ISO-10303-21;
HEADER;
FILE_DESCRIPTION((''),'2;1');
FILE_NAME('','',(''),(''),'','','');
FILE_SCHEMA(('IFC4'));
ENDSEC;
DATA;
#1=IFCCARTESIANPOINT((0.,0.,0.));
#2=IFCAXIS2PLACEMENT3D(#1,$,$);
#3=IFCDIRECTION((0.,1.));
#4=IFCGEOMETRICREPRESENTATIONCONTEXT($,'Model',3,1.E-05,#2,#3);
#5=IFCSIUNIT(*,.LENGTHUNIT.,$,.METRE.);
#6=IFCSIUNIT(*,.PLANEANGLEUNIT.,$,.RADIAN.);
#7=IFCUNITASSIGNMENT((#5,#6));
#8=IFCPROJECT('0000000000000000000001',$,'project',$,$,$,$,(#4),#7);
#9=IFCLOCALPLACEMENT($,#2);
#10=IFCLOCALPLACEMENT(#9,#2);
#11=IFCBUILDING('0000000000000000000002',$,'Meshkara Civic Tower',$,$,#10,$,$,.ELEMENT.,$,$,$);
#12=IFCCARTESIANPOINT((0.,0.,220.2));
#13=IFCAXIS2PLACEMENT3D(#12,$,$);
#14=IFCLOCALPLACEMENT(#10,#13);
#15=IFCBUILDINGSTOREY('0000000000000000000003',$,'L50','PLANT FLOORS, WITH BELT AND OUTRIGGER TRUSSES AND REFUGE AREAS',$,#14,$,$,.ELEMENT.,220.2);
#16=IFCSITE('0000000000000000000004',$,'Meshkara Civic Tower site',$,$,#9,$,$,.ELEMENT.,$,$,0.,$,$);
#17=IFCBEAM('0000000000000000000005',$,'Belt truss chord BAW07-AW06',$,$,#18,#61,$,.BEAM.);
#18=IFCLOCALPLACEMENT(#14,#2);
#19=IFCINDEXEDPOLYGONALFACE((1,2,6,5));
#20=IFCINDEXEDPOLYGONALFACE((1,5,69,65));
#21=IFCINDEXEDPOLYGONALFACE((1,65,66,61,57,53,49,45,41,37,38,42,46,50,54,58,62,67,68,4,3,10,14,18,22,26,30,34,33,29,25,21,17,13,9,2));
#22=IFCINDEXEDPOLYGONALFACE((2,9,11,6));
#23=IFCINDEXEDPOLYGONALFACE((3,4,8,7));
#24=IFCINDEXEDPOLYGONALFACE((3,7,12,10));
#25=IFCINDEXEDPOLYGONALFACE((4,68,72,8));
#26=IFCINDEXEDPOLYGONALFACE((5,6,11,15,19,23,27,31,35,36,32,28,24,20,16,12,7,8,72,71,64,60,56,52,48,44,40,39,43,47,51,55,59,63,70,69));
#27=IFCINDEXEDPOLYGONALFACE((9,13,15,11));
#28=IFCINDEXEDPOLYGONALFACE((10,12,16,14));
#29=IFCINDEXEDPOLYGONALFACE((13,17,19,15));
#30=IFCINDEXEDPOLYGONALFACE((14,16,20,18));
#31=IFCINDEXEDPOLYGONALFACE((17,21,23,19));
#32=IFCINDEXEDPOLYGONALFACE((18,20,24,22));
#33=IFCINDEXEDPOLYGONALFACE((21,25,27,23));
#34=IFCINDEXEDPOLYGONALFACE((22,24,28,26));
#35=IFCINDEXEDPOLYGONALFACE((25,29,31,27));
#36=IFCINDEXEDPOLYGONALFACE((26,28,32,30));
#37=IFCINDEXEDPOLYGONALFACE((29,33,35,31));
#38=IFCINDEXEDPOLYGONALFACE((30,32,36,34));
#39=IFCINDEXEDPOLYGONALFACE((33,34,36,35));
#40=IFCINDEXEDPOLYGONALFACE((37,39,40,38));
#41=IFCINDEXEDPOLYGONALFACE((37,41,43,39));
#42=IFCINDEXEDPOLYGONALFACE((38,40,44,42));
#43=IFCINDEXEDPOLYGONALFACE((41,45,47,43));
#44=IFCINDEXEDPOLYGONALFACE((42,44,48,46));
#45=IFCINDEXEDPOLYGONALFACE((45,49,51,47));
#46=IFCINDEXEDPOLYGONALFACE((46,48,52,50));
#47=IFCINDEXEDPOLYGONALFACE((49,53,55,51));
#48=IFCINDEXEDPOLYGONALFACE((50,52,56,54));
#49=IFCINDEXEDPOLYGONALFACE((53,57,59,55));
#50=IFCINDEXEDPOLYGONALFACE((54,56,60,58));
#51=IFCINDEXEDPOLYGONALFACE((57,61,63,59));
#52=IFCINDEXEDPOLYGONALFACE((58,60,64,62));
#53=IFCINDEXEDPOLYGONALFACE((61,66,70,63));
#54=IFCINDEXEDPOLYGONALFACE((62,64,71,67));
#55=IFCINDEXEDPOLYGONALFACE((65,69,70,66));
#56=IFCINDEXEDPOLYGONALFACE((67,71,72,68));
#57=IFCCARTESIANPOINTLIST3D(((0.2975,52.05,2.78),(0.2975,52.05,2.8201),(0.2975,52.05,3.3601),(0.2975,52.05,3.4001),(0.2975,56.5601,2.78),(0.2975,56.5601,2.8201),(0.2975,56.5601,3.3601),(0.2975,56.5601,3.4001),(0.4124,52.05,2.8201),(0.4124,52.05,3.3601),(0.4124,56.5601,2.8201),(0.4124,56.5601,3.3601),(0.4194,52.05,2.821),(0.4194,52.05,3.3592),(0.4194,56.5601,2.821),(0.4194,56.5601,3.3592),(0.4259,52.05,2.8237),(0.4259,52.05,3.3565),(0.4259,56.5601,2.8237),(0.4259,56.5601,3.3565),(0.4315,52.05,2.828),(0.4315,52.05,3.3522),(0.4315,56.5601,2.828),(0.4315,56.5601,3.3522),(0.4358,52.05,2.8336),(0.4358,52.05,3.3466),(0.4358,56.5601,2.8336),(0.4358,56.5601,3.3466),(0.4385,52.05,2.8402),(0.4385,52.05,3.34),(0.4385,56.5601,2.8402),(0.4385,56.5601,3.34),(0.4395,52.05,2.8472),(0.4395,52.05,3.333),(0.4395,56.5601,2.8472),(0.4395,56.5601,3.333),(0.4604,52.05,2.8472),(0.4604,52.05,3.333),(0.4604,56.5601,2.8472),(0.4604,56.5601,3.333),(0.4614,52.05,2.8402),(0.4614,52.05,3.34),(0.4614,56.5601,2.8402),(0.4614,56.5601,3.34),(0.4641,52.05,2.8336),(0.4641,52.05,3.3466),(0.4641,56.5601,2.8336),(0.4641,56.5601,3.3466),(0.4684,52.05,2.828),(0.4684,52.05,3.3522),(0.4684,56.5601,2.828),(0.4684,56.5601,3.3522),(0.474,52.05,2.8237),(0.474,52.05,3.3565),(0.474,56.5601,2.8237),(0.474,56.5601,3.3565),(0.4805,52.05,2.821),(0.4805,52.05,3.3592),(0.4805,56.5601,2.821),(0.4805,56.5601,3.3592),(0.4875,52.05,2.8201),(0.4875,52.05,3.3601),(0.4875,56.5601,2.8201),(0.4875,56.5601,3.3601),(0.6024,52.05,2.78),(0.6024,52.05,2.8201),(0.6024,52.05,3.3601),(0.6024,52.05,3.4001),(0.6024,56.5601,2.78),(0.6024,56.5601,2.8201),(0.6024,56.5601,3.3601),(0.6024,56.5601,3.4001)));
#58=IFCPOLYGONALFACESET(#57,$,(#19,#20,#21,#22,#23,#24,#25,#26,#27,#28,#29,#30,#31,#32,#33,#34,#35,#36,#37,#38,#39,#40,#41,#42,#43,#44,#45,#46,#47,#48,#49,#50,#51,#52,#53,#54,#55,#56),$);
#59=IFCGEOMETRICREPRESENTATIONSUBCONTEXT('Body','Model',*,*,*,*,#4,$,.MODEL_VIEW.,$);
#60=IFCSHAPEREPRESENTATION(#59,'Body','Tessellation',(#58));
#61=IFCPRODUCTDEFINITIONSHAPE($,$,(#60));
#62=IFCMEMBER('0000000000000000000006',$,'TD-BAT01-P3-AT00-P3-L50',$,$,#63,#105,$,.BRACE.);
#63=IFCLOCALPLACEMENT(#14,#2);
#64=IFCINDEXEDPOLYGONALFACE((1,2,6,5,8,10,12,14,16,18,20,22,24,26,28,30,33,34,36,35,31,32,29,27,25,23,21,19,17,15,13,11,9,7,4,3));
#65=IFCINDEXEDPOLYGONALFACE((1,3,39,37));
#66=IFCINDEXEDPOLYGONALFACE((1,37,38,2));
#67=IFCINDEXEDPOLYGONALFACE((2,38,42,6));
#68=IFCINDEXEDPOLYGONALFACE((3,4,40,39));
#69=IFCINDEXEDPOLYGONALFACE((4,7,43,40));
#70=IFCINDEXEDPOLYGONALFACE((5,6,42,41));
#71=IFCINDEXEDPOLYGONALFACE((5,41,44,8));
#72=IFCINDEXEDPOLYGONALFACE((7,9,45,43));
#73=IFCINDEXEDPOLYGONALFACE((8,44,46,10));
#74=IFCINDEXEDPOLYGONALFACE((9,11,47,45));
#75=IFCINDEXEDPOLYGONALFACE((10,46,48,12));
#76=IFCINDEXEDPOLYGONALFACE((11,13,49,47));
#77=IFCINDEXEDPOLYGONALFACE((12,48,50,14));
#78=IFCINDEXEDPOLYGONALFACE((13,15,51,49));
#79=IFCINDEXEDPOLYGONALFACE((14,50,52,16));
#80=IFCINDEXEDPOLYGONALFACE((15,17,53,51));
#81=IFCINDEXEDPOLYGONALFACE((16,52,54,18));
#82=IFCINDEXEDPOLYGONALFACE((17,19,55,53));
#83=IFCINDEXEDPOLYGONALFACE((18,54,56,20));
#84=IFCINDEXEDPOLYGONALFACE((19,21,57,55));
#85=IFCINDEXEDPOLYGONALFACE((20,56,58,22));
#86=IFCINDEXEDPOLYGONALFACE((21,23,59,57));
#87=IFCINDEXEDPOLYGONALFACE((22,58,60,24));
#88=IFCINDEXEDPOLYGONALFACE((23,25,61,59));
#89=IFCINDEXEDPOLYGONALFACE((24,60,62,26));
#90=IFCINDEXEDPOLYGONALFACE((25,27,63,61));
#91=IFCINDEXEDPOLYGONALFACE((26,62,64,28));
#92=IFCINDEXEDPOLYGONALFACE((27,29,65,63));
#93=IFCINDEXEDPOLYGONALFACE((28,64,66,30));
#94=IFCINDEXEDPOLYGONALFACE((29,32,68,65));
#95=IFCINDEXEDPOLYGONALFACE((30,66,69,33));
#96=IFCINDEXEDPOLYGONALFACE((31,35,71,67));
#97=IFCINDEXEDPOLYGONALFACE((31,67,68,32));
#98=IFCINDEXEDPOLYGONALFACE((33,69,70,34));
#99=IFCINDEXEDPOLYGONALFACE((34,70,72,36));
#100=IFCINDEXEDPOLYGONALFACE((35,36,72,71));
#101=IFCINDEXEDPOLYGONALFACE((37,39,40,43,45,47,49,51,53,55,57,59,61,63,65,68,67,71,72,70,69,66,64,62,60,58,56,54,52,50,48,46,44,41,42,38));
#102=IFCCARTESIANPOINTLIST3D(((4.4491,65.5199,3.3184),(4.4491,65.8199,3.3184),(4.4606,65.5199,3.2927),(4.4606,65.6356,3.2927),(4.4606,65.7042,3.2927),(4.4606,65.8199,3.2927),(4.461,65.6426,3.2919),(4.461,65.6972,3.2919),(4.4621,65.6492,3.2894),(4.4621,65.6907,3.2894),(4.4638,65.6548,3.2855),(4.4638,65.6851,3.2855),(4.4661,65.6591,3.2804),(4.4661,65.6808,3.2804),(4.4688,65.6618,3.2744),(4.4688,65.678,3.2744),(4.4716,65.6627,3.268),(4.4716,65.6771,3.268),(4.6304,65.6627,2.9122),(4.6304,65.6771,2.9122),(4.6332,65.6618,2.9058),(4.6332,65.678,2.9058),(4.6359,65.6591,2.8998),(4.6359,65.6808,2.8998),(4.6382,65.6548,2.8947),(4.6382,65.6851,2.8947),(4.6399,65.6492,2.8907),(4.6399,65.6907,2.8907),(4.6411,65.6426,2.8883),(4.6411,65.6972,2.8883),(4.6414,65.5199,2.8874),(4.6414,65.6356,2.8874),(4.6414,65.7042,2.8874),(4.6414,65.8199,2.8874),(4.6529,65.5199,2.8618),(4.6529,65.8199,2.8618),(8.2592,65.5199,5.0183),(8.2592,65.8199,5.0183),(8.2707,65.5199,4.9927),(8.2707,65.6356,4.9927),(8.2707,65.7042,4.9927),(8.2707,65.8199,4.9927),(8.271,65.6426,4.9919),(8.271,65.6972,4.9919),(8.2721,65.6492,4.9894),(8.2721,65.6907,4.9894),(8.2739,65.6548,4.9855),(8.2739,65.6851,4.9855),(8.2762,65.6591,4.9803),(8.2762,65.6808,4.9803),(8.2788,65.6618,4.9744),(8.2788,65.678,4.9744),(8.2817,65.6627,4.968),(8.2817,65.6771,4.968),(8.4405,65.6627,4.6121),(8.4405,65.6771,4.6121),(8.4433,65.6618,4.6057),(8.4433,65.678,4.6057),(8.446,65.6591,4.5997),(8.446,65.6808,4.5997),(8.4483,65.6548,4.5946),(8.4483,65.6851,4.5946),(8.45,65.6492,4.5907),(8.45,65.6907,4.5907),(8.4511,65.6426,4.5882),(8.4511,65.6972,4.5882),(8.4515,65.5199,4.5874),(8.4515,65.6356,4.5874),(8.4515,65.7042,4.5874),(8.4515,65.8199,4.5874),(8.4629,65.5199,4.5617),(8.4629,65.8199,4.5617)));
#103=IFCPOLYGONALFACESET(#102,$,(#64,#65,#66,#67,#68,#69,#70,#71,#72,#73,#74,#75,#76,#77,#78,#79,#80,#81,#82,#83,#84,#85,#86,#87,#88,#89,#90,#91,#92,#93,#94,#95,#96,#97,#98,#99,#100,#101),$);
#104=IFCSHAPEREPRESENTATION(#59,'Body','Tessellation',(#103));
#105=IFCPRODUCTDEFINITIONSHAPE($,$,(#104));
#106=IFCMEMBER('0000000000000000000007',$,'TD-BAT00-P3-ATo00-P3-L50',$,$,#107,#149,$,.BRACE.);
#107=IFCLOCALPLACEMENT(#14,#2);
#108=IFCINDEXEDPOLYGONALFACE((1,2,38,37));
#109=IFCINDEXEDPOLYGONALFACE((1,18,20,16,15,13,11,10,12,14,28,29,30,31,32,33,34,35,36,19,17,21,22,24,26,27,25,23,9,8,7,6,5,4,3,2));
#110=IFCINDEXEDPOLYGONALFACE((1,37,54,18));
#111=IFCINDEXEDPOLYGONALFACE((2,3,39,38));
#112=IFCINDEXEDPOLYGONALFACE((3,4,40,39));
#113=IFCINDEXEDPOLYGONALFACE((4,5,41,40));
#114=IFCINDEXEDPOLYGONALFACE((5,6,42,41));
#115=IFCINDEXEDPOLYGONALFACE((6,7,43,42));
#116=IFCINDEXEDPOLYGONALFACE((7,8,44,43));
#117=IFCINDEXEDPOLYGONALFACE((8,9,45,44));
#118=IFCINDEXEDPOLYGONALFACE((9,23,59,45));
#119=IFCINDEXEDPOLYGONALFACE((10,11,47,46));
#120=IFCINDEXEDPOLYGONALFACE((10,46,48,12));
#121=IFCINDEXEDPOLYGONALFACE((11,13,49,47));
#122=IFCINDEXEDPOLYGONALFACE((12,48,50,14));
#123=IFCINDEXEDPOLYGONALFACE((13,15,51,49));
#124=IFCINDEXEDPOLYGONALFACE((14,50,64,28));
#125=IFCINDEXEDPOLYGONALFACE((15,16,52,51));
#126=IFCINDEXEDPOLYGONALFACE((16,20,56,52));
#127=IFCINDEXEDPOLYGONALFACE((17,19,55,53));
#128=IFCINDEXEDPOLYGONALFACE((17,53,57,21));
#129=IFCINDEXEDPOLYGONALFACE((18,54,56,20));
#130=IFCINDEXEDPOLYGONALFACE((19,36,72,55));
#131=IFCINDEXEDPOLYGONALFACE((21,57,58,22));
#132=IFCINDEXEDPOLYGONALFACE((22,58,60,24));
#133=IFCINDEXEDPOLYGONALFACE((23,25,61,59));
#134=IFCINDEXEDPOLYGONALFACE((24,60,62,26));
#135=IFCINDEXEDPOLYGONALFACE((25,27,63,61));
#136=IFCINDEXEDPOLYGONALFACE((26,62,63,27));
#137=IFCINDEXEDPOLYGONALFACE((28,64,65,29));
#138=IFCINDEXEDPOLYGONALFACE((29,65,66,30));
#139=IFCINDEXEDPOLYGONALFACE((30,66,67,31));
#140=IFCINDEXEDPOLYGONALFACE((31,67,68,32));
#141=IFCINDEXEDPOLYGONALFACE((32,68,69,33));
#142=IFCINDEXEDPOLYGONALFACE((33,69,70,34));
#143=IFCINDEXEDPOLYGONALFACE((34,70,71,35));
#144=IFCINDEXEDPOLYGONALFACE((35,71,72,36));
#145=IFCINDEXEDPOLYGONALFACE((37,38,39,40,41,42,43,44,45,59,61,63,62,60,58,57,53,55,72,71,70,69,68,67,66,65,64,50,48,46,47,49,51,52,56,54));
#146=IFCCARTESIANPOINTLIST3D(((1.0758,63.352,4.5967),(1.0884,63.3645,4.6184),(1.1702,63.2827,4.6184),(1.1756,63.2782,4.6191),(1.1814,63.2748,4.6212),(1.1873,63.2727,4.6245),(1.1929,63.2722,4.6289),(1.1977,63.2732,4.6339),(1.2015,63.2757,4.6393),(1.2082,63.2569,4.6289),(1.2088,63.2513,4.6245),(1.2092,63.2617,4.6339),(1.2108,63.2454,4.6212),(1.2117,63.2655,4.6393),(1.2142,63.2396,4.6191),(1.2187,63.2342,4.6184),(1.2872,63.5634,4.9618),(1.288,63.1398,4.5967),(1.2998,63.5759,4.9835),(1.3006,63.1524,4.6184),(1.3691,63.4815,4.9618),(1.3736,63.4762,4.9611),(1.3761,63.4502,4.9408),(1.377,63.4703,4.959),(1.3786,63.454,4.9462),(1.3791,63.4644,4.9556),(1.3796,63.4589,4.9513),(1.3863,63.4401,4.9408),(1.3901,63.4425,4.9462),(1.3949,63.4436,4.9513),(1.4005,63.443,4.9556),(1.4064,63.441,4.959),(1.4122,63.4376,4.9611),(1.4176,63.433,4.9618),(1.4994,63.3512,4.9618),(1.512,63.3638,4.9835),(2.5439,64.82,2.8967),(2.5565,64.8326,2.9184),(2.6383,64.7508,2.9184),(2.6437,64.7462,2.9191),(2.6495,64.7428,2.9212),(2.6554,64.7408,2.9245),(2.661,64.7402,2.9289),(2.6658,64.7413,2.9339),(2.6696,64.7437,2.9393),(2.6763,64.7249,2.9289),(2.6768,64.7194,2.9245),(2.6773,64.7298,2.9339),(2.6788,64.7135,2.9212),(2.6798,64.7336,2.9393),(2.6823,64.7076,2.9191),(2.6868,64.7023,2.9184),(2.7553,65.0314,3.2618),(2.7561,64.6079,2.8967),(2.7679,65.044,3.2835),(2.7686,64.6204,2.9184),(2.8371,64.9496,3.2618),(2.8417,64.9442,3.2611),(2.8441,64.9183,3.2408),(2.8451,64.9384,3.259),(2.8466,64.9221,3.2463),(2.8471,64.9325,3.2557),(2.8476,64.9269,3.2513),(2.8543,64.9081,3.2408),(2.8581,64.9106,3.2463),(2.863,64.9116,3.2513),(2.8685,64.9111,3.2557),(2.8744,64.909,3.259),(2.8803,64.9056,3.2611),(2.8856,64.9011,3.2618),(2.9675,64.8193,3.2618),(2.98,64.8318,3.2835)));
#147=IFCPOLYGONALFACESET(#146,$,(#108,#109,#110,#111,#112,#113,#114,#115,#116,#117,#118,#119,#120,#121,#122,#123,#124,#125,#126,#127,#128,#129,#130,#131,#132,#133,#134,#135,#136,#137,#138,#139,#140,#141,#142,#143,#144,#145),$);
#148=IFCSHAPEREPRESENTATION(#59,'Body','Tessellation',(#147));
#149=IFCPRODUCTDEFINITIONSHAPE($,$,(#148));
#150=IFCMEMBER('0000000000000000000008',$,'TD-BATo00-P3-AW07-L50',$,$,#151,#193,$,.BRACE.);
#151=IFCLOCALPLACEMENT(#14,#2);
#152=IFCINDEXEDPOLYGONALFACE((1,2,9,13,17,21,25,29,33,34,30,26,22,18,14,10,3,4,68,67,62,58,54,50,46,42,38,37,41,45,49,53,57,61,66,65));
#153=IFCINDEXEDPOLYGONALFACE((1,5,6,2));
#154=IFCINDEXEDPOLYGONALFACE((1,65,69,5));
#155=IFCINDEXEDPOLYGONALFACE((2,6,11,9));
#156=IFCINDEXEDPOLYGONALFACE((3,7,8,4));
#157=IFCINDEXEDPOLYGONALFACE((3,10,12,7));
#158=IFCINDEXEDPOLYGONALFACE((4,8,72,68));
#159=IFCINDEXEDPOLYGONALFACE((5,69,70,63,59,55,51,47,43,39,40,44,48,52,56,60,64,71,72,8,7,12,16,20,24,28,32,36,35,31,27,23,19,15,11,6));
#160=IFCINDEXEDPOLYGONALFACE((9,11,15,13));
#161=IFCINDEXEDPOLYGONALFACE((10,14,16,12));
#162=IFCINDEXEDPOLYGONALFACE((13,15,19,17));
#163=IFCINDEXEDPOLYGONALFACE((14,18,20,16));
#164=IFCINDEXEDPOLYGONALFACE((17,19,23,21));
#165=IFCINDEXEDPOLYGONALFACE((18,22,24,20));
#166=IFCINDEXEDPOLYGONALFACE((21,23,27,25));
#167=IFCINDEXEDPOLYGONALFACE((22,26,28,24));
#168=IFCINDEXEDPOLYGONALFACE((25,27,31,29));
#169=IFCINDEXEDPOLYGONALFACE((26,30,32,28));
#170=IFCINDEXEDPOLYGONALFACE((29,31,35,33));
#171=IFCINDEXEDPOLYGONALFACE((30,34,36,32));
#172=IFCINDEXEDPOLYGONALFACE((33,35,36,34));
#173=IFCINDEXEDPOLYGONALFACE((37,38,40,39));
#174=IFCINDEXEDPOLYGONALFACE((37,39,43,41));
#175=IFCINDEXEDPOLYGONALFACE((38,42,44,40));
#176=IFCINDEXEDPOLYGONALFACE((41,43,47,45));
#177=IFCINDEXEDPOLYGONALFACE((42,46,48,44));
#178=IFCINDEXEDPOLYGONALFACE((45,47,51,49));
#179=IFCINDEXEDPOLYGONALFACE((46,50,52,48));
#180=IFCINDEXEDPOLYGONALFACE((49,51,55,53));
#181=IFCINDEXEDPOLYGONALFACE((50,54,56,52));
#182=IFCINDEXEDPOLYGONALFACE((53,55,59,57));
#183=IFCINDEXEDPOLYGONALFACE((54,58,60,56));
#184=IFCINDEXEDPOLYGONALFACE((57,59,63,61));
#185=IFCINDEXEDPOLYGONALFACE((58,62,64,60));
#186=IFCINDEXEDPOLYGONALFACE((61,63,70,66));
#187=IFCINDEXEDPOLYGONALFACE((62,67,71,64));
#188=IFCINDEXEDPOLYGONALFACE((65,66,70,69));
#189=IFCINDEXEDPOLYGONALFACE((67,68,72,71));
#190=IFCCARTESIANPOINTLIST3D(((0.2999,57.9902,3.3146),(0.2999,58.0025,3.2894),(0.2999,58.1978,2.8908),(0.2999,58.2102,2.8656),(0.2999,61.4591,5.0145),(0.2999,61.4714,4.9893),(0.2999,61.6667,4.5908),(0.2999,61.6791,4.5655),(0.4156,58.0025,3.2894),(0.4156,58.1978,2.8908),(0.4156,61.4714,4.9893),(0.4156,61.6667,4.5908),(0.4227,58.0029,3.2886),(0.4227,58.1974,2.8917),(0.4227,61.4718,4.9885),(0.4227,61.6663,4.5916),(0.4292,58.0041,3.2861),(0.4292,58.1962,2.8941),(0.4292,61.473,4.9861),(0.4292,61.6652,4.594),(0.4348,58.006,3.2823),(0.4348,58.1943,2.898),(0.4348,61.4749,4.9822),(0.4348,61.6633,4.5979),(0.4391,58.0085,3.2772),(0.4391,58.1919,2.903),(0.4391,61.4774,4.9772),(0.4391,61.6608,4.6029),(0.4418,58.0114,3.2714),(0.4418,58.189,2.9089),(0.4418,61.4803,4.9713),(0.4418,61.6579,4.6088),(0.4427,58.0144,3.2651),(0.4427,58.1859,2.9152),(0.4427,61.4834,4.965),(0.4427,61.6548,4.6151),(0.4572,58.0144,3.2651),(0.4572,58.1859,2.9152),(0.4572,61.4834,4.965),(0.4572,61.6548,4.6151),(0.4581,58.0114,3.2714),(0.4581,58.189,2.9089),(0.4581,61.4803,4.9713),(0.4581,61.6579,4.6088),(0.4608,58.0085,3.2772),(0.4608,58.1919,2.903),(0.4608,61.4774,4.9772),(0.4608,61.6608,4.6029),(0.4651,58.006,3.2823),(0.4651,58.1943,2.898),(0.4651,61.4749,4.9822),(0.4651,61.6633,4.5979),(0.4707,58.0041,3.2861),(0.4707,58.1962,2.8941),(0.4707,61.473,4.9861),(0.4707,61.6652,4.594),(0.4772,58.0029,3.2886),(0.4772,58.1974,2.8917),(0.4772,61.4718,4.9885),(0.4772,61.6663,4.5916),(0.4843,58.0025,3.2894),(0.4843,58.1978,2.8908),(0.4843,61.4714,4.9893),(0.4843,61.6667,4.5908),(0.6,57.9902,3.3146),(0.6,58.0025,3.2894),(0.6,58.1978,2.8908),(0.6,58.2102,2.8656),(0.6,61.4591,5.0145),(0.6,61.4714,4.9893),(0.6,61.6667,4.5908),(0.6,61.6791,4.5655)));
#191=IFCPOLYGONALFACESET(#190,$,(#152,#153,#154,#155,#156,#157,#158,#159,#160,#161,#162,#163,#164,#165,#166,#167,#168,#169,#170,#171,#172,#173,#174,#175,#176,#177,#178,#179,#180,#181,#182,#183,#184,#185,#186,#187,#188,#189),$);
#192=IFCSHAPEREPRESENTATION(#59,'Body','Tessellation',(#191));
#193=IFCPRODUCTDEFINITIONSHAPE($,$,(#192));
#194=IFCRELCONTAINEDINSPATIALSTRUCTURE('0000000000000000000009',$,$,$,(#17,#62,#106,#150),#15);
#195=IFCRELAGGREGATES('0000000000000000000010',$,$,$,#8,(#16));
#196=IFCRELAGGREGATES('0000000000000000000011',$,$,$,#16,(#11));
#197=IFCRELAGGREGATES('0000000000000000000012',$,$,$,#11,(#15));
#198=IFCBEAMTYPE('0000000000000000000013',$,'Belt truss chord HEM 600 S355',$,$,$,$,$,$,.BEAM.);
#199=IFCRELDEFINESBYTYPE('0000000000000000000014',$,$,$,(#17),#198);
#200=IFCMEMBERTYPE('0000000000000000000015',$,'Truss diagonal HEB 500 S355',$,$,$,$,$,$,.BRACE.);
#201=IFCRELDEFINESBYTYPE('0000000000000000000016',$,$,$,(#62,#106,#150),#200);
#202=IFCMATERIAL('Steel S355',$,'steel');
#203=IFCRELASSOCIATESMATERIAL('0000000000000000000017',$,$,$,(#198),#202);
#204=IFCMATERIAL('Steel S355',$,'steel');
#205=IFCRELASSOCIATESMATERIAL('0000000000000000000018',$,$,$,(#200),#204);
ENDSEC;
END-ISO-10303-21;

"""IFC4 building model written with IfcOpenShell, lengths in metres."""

from ifc_helpers import new_model, si_unit, direction, frame, origin, origin_2d, place, context, subcontext, project, spatial, i_section, extrude, material, material_profile, profile_set, type_object, element, save


model = new_model("IFC4")

# Units and contexts
model_context = context("Model", 3, precision=1e-05, world=origin(), true_north=direction((0.0, 1.0)))
body_context = subcontext(model_context, "Body", "Model", "MODEL_VIEW")
ifc_project = project(units=[si_unit("LENGTHUNIT", "METRE"), si_unit("PLANEANGLEUNIT", "RADIAN")], contexts=[model_context])

# Site, building, storey
site_placement = place(None, origin())
site = spatial("IfcSite", under=ifc_project, at=site_placement, Name="Meshkara Civic Tower site", CompositionType="ELEMENT", RefElevation=0.0)
building_placement = place(site_placement, origin())
building = spatial("IfcBuilding", under=site, at=building_placement, Name="Meshkara Civic Tower", CompositionType="ELEMENT")
storey_placement = place(building_placement, frame((0.0, 0.0, 220.2)))
storey = spatial("IfcBuildingStorey", under=building, at=storey_placement, Name="L50", Description="PLANT FLOORS, WITH BELT AND OUTRIGGER TRUSSES AND REFUGE AREAS", CompositionType="ELEMENT", Elevation=220.2)

# Beam
ifc_material_1 = material(Name="Steel S355", Category="steel")
ifc_material_profile_1 = material_profile(ifc_material_1, i_section(OverallWidth=0.3049, OverallDepth=0.6201, WebThickness=0.021, FlangeThickness=0.04, FilletRadius=0.0271, at=origin_2d()))
ifc_profile_set_1 = profile_set([ifc_material_profile_1], Name="Steel S355")
beam_type = type_object("IfcBeamType", Name="Belt truss chord HEM 600 S355", PredefinedType="BEAM", material=ifc_profile_set_1)
for number, where, z_axis, x_axis, name in (
    (1, (0.45, 56.5601, 3.0901), (0.0, -1.0, 0.0), (1.0, 0.0, 0.0), "Belt truss chord BAW07-AW06"),
):
    element("IfcBeam", number, at=place(storey_placement, frame(where, z_axis=z_axis, x_axis=x_axis)), inside=storey, type_object=beam_type, Name=name, PredefinedType="BEAM", context=body_context, shape_type="SweptSolid", body=[
        extrude(i_section(OverallWidth=0.3049, OverallDepth=0.6201, WebThickness=0.021, FlangeThickness=0.04, FilletRadius=0.0271, at=origin_2d()), origin(), (0.0, 0.0, 1.0), 4.51),
    ])

# Members
ifc_material_2 = material(Name="Steel S355", Category="steel")
ifc_material_profile_2 = material_profile(ifc_material_2, i_section(OverallWidth=0.3, OverallDepth=0.5, WebThickness=0.0144, FlangeThickness=0.0281, FilletRadius=0.0271, at=origin_2d()))
ifc_profile_set_2 = profile_set([ifc_material_profile_2], Name="Steel S355")
member_type = type_object("IfcMemberType", Name="Truss diagonal HEB 500 S355", PredefinedType="BRACE", material=ifc_profile_set_2)
member_1_placement = place(storey_placement, frame((8.3611, 65.6699, 4.79), z_axis=(-0.913224, 0.0, -0.407457), x_axis=(0.0, -1.0, 0.0)))
element("IfcMember", 2, at=member_1_placement, inside=storey, type_object=member_type, Name="TD-BAT01-P3-AT00-P3-L50", PredefinedType="BRACE", context=body_context, shape_type="SweptSolid", body=[
    extrude(i_section(OverallWidth=0.3, OverallDepth=0.5, WebThickness=0.0144, FlangeThickness=0.0281, FilletRadius=0.0271, at=origin_2d()), origin(), (0.0, 0.0, 1.0), 4.1721),
])
member_2_placement = place(storey_placement, frame((2.762, 64.8259, 3.0901), z_axis=(-0.547098, -0.547098, 0.633535), x_axis=(0.707107, -0.707107, 0.0)))
element("IfcMember", 3, at=member_2_placement, inside=storey, type_object=member_type, Name="TD-BAT00-P3-ATo00-P3-L50", PredefinedType="BRACE", context=body_context, shape_type="SweptSolid", body=[
    extrude(i_section(OverallWidth=0.3, OverallDepth=0.5, WebThickness=0.0144, FlangeThickness=0.0281, FilletRadius=0.0271, at=origin_2d()), origin(), (0.0, 0.0, 1.0), 2.6833),
])
member_3_placement = place(storey_placement, frame((0.45, 61.5691, 4.79), z_axis=(0.0, -0.897976, -0.440045), x_axis=(1.0, 0.0, 0.0)))
element("IfcMember", 4, at=member_3_placement, inside=storey, type_object=member_type, Name="TD-BATo00-P3-AW07-L50", PredefinedType="BRACE", context=body_context, shape_type="SweptSolid", body=[
    extrude(i_section(OverallWidth=0.3, OverallDepth=0.5, WebThickness=0.0144, FlangeThickness=0.0281, FilletRadius=0.0271, at=origin_2d()), origin(), (0.0, 0.0, 1.0), 3.863),
])

save(model, "model.ifc")
